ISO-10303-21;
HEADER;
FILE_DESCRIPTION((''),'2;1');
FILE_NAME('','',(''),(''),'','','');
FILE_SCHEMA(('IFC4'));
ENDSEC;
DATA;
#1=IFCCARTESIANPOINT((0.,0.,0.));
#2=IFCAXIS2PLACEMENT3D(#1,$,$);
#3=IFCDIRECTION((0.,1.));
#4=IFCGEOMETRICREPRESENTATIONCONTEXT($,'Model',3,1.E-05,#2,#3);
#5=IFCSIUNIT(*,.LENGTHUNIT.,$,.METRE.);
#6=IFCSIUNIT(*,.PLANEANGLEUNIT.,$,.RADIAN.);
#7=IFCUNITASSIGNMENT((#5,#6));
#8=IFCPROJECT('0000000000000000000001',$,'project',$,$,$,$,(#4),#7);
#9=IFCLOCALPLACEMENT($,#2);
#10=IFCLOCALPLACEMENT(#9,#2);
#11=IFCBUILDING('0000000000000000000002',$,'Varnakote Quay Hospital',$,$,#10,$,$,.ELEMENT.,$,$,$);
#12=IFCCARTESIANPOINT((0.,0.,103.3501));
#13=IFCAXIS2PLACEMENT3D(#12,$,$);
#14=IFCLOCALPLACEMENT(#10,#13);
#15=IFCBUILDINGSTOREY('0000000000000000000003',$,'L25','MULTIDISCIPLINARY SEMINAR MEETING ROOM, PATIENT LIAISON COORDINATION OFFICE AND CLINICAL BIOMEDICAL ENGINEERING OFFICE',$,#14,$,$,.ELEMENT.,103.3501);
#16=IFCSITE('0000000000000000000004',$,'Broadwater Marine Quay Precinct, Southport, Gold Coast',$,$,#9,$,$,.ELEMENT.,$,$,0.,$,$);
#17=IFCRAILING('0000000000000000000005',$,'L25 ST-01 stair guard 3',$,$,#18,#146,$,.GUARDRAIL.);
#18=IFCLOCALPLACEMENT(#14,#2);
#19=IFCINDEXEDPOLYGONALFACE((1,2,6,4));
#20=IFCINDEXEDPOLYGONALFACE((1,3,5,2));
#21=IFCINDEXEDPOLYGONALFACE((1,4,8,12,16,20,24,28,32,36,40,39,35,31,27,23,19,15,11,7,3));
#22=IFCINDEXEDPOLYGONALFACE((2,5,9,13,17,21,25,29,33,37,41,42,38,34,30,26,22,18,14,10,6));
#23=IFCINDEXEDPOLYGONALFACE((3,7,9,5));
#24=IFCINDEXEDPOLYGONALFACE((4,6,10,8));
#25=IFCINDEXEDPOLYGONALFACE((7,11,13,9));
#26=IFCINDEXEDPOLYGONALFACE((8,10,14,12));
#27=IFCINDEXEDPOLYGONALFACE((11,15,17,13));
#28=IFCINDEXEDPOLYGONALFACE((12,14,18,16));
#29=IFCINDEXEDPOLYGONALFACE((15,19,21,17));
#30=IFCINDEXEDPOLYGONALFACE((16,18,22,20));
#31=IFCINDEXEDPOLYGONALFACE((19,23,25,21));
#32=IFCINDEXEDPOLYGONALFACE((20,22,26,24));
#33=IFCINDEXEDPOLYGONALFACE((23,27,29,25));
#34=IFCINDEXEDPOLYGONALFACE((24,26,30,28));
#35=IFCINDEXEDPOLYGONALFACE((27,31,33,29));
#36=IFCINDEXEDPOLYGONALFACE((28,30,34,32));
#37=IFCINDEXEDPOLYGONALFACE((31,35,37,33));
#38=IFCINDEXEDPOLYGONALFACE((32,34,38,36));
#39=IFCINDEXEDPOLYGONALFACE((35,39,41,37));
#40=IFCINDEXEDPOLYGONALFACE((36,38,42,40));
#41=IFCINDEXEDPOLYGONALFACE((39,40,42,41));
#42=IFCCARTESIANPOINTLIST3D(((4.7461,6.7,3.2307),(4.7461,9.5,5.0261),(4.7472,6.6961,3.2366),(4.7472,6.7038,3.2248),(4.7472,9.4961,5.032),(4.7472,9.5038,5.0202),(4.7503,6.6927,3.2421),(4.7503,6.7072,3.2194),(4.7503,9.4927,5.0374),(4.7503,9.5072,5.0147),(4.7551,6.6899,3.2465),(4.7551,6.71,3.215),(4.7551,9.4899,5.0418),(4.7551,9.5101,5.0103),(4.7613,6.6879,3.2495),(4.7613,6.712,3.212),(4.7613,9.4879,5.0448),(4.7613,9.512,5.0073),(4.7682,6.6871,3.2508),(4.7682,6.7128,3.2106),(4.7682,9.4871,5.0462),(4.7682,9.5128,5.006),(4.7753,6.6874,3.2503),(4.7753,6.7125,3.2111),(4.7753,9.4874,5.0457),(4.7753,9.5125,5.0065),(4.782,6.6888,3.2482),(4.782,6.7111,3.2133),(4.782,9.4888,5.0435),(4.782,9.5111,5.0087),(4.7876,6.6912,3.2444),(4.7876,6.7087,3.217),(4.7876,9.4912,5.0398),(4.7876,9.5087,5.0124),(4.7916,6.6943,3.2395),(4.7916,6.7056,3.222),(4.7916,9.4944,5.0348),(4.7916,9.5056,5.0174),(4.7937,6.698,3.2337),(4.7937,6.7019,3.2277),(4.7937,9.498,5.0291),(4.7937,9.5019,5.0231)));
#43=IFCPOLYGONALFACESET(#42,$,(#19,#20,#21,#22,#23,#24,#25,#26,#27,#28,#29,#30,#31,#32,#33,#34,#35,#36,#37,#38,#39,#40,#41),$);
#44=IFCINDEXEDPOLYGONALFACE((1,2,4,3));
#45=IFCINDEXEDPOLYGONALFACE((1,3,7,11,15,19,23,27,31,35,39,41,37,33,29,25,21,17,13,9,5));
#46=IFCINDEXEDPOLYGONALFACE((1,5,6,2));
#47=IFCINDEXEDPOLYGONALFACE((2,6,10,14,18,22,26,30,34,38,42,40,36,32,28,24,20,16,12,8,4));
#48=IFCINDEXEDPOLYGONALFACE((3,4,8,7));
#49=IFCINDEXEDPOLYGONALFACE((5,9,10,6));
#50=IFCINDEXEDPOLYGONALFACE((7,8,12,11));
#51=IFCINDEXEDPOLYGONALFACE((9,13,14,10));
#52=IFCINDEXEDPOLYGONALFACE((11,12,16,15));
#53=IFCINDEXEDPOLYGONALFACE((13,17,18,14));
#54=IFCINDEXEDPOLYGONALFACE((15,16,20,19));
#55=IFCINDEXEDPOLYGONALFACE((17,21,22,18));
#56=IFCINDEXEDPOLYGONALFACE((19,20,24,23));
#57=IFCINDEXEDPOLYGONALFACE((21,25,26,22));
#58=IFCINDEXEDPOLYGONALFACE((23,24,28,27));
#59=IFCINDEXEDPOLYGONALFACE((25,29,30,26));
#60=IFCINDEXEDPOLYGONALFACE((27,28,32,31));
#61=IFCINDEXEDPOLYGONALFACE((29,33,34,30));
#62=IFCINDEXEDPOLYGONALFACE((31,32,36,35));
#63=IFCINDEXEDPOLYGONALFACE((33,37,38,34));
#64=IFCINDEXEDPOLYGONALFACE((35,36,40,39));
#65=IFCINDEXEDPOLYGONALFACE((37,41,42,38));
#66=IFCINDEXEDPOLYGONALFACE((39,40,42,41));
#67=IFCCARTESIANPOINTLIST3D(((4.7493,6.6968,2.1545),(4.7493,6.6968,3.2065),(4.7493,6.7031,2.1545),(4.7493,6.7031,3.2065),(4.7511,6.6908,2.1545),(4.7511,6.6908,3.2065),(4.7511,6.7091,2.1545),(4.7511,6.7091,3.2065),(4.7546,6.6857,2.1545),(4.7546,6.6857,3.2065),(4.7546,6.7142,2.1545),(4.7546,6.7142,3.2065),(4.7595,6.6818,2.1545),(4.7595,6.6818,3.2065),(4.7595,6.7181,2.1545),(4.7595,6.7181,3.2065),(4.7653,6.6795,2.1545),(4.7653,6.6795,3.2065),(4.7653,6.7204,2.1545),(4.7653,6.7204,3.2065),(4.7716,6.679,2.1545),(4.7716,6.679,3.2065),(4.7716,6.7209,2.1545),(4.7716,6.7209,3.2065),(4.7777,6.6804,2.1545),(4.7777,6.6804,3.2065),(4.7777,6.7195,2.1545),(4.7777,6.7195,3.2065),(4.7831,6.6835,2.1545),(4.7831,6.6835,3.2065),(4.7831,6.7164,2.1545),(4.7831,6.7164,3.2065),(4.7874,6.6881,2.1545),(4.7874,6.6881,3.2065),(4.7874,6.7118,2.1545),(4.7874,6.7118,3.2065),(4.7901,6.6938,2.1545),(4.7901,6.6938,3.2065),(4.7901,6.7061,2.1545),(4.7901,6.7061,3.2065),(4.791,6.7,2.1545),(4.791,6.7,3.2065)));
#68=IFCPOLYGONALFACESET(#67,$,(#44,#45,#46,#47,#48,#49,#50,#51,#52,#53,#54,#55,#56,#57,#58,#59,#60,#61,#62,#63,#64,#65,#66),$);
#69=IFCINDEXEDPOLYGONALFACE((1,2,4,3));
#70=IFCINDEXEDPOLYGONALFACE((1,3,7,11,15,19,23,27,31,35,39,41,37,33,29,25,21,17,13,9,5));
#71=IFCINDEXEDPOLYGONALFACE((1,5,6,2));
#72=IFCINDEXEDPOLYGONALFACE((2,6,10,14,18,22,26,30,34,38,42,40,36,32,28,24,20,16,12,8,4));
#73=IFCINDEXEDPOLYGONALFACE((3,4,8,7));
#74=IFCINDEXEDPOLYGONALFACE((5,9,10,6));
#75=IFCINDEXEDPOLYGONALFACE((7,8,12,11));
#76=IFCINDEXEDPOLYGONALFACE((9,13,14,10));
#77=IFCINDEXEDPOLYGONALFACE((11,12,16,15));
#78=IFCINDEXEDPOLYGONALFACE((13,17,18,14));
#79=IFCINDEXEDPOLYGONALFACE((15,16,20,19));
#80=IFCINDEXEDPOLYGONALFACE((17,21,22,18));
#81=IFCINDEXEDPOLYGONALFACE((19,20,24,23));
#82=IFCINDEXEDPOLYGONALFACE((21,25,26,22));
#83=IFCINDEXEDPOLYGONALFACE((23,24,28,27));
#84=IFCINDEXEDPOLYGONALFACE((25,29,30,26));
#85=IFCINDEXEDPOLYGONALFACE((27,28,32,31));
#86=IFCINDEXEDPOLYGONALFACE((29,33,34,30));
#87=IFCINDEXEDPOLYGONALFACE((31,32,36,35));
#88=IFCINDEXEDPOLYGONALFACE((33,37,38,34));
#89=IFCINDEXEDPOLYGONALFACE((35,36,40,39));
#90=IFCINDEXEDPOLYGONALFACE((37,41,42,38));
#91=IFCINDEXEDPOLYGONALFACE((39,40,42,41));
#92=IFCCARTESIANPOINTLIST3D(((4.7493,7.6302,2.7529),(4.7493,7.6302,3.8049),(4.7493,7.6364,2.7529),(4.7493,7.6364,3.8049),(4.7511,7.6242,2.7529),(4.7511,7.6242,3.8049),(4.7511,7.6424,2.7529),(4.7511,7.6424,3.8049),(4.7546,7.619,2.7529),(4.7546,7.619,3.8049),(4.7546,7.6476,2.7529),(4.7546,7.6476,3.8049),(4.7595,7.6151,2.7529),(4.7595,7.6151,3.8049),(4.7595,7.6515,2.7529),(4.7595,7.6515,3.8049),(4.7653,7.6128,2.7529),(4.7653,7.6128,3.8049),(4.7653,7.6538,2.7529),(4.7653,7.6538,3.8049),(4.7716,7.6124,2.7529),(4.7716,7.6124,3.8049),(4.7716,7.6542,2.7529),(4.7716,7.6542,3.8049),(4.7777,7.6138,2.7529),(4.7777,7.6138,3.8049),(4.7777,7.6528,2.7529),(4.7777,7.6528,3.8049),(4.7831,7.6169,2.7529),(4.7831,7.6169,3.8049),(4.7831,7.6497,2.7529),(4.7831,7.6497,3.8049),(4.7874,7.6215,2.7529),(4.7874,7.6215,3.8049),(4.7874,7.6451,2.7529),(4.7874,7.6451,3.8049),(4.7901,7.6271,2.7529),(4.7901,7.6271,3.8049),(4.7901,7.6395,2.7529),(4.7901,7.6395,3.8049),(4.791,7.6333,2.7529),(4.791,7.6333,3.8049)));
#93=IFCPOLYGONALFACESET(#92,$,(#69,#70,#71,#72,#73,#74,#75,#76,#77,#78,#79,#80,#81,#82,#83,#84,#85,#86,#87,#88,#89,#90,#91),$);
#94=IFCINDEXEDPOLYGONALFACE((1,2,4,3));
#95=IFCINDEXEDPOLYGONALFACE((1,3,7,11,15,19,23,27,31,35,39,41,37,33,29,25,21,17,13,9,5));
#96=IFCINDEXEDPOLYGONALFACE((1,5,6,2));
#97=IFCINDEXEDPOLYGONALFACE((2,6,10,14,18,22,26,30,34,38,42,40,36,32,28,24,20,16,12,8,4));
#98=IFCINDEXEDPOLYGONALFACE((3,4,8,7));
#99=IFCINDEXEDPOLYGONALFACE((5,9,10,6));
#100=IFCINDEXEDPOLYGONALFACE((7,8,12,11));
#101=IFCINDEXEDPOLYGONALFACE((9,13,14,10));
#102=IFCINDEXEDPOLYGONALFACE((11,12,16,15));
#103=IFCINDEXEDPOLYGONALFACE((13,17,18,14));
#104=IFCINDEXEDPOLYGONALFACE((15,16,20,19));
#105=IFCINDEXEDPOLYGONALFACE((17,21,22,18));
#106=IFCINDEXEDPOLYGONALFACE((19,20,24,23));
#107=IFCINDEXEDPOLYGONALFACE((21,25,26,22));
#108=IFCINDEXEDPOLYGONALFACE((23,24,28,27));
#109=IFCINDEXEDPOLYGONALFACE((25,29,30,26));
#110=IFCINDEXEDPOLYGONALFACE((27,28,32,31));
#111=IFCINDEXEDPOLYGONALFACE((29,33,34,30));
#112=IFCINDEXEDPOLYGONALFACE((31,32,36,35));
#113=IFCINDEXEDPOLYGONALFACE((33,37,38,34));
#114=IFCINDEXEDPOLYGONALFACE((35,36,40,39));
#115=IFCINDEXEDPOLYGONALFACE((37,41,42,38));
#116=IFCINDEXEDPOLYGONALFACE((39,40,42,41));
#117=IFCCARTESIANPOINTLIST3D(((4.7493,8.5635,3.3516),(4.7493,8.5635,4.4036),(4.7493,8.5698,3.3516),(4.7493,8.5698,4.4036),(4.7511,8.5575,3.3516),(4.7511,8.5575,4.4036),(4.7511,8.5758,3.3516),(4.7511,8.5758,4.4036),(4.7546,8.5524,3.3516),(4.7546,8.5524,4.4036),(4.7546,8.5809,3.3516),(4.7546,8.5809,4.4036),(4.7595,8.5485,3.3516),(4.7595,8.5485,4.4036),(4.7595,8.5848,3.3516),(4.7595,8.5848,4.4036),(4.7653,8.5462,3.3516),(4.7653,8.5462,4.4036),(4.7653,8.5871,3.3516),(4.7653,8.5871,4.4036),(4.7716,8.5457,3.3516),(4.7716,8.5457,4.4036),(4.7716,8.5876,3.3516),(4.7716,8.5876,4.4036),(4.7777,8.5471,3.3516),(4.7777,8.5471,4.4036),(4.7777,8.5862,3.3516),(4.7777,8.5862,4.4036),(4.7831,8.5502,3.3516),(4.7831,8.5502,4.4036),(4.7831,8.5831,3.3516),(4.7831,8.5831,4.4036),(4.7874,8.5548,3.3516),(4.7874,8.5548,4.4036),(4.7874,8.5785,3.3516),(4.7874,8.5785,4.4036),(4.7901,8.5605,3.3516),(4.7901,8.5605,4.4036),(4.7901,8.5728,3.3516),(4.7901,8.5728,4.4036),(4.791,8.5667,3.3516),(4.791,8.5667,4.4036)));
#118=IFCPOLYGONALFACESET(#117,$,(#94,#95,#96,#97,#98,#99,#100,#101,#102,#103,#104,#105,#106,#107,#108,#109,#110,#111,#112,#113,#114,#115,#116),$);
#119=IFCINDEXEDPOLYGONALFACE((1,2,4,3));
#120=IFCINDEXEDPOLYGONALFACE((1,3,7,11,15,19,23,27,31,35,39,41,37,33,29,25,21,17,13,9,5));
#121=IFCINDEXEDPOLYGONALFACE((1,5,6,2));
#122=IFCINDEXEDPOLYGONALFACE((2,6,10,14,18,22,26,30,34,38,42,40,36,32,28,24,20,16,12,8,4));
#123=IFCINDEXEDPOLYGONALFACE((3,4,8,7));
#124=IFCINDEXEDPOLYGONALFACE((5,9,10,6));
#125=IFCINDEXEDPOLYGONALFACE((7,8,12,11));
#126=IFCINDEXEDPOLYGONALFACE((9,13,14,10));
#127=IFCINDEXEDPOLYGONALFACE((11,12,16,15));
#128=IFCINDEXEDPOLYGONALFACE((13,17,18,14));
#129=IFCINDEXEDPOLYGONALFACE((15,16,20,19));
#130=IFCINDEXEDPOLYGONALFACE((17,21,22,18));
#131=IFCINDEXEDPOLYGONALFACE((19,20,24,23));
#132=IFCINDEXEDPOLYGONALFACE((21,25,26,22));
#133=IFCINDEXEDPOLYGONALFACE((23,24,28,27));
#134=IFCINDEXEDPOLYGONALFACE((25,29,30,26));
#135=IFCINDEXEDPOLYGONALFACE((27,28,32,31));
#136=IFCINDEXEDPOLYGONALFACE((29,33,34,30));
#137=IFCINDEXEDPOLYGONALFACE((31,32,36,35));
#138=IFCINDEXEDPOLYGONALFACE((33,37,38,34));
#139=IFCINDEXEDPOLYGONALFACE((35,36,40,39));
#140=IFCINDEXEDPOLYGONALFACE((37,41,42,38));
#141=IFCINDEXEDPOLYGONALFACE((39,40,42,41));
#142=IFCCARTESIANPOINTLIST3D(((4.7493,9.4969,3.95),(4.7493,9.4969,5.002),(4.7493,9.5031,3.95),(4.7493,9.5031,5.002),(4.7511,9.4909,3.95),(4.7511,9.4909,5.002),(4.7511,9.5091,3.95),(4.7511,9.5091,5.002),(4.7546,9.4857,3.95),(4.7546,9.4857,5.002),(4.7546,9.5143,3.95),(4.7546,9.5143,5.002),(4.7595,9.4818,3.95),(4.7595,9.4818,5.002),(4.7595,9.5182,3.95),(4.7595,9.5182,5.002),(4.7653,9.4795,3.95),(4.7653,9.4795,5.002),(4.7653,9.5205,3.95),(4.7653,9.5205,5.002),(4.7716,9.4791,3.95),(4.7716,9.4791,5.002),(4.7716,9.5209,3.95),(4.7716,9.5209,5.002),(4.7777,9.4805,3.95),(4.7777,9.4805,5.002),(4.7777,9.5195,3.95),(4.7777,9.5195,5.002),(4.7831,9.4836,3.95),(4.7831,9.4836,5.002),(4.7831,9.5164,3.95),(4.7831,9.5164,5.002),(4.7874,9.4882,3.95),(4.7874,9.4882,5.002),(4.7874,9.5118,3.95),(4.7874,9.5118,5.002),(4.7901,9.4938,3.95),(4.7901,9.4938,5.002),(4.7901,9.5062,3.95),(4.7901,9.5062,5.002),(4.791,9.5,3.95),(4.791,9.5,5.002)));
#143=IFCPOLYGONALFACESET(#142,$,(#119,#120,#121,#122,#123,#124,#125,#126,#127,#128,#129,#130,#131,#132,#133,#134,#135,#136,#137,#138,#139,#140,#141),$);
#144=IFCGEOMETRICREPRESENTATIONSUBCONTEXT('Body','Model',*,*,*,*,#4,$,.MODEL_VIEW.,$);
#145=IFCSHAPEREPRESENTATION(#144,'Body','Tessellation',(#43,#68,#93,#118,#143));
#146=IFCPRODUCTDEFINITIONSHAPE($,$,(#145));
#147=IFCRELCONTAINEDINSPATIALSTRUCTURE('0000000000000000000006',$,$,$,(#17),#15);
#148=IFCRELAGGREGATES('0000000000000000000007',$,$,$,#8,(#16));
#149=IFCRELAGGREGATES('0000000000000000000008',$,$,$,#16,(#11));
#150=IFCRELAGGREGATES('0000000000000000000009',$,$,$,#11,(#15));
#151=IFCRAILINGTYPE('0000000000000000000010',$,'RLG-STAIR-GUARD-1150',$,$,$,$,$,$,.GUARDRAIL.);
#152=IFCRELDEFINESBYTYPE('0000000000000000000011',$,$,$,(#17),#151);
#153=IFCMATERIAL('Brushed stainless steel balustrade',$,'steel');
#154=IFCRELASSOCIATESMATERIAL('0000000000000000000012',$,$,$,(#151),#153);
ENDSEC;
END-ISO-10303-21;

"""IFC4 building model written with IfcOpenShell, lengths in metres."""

from ifc_helpers import new_model, si_unit, direction, frame, origin, origin_2d, place, context, subcontext, project, spatial, circle, extrude, material, type_object, element, save


model = new_model("IFC4")

# Units and contexts
model_context = context("Model", 3, precision=1e-05, world=origin(), true_north=direction((0.0, 1.0)))
body_context = subcontext(model_context, "Body", "Model", "MODEL_VIEW")
ifc_project = project(units=[si_unit("LENGTHUNIT", "METRE"), si_unit("PLANEANGLEUNIT", "RADIAN")], contexts=[model_context])

# Site, building, storey
site_placement = place(None, origin())
site = spatial("IfcSite", under=ifc_project, at=site_placement, Name="Broadwater Marine Quay Precinct, Southport, Gold Coast", CompositionType="ELEMENT", RefElevation=0.0)
building_placement = place(site_placement, origin())
building = spatial("IfcBuilding", under=site, at=building_placement, Name="Varnakote Quay Hospital", CompositionType="ELEMENT")
storey_placement = place(building_placement, frame((0.0, 0.0, 103.3501)))
storey = spatial("IfcBuildingStorey", under=building, at=storey_placement, Name="L25", Description="MULTIDISCIPLINARY SEMINAR MEETING ROOM, PATIENT LIAISON COORDINATION OFFICE AND CLINICAL BIOMEDICAL ENGINEERING OFFICE", CompositionType="ELEMENT", Elevation=103.3501)

# Railing
ifc_material_1 = material(Name="Brushed stainless steel balustrade", Category="steel")
railing_type_1 = type_object("IfcRailingType", Name="RLG-STAIR-GUARD-1150", PredefinedType="GUARDRAIL", material=ifc_material_1)
railing_1_placement = place(storey_placement, frame((4.77, 6.7, 2.1545)))
element("IfcRailing", 1, at=railing_1_placement, inside=storey, type_object=railing_type_1, Name="L25 ST-01 stair guard 3", PredefinedType="GUARDRAIL", context=body_context, shape_type="SweptSolid", body=[
    extrude(circle(Radius=0.0239, at=origin_2d()), frame((0.0, 0.0, 1.0762), z_axis=(0.0, 0.84181, 0.539774), x_axis=(-1.0, 0.0, 0.0)), (0.0, 0.0, 1.0), 3.3262),
    extrude(circle(Radius=0.021, at=origin_2d()), origin(), (0.0, 0.0, 1.0), 1.052),
    extrude(circle(Radius=0.021, at=origin_2d()), frame((0.0, 0.9333, 0.5984)), (0.0, 0.0, 1.0), 1.052),
    extrude(circle(Radius=0.021, at=origin_2d()), frame((0.0, 1.8667, 1.197)), (0.0, 0.0, 1.0), 1.052),
    extrude(circle(Radius=0.021, at=origin_2d()), frame((0.0, 2.8, 1.7954)), (0.0, 0.0, 1.0), 1.052),
])

save(model, "model.ifc")
